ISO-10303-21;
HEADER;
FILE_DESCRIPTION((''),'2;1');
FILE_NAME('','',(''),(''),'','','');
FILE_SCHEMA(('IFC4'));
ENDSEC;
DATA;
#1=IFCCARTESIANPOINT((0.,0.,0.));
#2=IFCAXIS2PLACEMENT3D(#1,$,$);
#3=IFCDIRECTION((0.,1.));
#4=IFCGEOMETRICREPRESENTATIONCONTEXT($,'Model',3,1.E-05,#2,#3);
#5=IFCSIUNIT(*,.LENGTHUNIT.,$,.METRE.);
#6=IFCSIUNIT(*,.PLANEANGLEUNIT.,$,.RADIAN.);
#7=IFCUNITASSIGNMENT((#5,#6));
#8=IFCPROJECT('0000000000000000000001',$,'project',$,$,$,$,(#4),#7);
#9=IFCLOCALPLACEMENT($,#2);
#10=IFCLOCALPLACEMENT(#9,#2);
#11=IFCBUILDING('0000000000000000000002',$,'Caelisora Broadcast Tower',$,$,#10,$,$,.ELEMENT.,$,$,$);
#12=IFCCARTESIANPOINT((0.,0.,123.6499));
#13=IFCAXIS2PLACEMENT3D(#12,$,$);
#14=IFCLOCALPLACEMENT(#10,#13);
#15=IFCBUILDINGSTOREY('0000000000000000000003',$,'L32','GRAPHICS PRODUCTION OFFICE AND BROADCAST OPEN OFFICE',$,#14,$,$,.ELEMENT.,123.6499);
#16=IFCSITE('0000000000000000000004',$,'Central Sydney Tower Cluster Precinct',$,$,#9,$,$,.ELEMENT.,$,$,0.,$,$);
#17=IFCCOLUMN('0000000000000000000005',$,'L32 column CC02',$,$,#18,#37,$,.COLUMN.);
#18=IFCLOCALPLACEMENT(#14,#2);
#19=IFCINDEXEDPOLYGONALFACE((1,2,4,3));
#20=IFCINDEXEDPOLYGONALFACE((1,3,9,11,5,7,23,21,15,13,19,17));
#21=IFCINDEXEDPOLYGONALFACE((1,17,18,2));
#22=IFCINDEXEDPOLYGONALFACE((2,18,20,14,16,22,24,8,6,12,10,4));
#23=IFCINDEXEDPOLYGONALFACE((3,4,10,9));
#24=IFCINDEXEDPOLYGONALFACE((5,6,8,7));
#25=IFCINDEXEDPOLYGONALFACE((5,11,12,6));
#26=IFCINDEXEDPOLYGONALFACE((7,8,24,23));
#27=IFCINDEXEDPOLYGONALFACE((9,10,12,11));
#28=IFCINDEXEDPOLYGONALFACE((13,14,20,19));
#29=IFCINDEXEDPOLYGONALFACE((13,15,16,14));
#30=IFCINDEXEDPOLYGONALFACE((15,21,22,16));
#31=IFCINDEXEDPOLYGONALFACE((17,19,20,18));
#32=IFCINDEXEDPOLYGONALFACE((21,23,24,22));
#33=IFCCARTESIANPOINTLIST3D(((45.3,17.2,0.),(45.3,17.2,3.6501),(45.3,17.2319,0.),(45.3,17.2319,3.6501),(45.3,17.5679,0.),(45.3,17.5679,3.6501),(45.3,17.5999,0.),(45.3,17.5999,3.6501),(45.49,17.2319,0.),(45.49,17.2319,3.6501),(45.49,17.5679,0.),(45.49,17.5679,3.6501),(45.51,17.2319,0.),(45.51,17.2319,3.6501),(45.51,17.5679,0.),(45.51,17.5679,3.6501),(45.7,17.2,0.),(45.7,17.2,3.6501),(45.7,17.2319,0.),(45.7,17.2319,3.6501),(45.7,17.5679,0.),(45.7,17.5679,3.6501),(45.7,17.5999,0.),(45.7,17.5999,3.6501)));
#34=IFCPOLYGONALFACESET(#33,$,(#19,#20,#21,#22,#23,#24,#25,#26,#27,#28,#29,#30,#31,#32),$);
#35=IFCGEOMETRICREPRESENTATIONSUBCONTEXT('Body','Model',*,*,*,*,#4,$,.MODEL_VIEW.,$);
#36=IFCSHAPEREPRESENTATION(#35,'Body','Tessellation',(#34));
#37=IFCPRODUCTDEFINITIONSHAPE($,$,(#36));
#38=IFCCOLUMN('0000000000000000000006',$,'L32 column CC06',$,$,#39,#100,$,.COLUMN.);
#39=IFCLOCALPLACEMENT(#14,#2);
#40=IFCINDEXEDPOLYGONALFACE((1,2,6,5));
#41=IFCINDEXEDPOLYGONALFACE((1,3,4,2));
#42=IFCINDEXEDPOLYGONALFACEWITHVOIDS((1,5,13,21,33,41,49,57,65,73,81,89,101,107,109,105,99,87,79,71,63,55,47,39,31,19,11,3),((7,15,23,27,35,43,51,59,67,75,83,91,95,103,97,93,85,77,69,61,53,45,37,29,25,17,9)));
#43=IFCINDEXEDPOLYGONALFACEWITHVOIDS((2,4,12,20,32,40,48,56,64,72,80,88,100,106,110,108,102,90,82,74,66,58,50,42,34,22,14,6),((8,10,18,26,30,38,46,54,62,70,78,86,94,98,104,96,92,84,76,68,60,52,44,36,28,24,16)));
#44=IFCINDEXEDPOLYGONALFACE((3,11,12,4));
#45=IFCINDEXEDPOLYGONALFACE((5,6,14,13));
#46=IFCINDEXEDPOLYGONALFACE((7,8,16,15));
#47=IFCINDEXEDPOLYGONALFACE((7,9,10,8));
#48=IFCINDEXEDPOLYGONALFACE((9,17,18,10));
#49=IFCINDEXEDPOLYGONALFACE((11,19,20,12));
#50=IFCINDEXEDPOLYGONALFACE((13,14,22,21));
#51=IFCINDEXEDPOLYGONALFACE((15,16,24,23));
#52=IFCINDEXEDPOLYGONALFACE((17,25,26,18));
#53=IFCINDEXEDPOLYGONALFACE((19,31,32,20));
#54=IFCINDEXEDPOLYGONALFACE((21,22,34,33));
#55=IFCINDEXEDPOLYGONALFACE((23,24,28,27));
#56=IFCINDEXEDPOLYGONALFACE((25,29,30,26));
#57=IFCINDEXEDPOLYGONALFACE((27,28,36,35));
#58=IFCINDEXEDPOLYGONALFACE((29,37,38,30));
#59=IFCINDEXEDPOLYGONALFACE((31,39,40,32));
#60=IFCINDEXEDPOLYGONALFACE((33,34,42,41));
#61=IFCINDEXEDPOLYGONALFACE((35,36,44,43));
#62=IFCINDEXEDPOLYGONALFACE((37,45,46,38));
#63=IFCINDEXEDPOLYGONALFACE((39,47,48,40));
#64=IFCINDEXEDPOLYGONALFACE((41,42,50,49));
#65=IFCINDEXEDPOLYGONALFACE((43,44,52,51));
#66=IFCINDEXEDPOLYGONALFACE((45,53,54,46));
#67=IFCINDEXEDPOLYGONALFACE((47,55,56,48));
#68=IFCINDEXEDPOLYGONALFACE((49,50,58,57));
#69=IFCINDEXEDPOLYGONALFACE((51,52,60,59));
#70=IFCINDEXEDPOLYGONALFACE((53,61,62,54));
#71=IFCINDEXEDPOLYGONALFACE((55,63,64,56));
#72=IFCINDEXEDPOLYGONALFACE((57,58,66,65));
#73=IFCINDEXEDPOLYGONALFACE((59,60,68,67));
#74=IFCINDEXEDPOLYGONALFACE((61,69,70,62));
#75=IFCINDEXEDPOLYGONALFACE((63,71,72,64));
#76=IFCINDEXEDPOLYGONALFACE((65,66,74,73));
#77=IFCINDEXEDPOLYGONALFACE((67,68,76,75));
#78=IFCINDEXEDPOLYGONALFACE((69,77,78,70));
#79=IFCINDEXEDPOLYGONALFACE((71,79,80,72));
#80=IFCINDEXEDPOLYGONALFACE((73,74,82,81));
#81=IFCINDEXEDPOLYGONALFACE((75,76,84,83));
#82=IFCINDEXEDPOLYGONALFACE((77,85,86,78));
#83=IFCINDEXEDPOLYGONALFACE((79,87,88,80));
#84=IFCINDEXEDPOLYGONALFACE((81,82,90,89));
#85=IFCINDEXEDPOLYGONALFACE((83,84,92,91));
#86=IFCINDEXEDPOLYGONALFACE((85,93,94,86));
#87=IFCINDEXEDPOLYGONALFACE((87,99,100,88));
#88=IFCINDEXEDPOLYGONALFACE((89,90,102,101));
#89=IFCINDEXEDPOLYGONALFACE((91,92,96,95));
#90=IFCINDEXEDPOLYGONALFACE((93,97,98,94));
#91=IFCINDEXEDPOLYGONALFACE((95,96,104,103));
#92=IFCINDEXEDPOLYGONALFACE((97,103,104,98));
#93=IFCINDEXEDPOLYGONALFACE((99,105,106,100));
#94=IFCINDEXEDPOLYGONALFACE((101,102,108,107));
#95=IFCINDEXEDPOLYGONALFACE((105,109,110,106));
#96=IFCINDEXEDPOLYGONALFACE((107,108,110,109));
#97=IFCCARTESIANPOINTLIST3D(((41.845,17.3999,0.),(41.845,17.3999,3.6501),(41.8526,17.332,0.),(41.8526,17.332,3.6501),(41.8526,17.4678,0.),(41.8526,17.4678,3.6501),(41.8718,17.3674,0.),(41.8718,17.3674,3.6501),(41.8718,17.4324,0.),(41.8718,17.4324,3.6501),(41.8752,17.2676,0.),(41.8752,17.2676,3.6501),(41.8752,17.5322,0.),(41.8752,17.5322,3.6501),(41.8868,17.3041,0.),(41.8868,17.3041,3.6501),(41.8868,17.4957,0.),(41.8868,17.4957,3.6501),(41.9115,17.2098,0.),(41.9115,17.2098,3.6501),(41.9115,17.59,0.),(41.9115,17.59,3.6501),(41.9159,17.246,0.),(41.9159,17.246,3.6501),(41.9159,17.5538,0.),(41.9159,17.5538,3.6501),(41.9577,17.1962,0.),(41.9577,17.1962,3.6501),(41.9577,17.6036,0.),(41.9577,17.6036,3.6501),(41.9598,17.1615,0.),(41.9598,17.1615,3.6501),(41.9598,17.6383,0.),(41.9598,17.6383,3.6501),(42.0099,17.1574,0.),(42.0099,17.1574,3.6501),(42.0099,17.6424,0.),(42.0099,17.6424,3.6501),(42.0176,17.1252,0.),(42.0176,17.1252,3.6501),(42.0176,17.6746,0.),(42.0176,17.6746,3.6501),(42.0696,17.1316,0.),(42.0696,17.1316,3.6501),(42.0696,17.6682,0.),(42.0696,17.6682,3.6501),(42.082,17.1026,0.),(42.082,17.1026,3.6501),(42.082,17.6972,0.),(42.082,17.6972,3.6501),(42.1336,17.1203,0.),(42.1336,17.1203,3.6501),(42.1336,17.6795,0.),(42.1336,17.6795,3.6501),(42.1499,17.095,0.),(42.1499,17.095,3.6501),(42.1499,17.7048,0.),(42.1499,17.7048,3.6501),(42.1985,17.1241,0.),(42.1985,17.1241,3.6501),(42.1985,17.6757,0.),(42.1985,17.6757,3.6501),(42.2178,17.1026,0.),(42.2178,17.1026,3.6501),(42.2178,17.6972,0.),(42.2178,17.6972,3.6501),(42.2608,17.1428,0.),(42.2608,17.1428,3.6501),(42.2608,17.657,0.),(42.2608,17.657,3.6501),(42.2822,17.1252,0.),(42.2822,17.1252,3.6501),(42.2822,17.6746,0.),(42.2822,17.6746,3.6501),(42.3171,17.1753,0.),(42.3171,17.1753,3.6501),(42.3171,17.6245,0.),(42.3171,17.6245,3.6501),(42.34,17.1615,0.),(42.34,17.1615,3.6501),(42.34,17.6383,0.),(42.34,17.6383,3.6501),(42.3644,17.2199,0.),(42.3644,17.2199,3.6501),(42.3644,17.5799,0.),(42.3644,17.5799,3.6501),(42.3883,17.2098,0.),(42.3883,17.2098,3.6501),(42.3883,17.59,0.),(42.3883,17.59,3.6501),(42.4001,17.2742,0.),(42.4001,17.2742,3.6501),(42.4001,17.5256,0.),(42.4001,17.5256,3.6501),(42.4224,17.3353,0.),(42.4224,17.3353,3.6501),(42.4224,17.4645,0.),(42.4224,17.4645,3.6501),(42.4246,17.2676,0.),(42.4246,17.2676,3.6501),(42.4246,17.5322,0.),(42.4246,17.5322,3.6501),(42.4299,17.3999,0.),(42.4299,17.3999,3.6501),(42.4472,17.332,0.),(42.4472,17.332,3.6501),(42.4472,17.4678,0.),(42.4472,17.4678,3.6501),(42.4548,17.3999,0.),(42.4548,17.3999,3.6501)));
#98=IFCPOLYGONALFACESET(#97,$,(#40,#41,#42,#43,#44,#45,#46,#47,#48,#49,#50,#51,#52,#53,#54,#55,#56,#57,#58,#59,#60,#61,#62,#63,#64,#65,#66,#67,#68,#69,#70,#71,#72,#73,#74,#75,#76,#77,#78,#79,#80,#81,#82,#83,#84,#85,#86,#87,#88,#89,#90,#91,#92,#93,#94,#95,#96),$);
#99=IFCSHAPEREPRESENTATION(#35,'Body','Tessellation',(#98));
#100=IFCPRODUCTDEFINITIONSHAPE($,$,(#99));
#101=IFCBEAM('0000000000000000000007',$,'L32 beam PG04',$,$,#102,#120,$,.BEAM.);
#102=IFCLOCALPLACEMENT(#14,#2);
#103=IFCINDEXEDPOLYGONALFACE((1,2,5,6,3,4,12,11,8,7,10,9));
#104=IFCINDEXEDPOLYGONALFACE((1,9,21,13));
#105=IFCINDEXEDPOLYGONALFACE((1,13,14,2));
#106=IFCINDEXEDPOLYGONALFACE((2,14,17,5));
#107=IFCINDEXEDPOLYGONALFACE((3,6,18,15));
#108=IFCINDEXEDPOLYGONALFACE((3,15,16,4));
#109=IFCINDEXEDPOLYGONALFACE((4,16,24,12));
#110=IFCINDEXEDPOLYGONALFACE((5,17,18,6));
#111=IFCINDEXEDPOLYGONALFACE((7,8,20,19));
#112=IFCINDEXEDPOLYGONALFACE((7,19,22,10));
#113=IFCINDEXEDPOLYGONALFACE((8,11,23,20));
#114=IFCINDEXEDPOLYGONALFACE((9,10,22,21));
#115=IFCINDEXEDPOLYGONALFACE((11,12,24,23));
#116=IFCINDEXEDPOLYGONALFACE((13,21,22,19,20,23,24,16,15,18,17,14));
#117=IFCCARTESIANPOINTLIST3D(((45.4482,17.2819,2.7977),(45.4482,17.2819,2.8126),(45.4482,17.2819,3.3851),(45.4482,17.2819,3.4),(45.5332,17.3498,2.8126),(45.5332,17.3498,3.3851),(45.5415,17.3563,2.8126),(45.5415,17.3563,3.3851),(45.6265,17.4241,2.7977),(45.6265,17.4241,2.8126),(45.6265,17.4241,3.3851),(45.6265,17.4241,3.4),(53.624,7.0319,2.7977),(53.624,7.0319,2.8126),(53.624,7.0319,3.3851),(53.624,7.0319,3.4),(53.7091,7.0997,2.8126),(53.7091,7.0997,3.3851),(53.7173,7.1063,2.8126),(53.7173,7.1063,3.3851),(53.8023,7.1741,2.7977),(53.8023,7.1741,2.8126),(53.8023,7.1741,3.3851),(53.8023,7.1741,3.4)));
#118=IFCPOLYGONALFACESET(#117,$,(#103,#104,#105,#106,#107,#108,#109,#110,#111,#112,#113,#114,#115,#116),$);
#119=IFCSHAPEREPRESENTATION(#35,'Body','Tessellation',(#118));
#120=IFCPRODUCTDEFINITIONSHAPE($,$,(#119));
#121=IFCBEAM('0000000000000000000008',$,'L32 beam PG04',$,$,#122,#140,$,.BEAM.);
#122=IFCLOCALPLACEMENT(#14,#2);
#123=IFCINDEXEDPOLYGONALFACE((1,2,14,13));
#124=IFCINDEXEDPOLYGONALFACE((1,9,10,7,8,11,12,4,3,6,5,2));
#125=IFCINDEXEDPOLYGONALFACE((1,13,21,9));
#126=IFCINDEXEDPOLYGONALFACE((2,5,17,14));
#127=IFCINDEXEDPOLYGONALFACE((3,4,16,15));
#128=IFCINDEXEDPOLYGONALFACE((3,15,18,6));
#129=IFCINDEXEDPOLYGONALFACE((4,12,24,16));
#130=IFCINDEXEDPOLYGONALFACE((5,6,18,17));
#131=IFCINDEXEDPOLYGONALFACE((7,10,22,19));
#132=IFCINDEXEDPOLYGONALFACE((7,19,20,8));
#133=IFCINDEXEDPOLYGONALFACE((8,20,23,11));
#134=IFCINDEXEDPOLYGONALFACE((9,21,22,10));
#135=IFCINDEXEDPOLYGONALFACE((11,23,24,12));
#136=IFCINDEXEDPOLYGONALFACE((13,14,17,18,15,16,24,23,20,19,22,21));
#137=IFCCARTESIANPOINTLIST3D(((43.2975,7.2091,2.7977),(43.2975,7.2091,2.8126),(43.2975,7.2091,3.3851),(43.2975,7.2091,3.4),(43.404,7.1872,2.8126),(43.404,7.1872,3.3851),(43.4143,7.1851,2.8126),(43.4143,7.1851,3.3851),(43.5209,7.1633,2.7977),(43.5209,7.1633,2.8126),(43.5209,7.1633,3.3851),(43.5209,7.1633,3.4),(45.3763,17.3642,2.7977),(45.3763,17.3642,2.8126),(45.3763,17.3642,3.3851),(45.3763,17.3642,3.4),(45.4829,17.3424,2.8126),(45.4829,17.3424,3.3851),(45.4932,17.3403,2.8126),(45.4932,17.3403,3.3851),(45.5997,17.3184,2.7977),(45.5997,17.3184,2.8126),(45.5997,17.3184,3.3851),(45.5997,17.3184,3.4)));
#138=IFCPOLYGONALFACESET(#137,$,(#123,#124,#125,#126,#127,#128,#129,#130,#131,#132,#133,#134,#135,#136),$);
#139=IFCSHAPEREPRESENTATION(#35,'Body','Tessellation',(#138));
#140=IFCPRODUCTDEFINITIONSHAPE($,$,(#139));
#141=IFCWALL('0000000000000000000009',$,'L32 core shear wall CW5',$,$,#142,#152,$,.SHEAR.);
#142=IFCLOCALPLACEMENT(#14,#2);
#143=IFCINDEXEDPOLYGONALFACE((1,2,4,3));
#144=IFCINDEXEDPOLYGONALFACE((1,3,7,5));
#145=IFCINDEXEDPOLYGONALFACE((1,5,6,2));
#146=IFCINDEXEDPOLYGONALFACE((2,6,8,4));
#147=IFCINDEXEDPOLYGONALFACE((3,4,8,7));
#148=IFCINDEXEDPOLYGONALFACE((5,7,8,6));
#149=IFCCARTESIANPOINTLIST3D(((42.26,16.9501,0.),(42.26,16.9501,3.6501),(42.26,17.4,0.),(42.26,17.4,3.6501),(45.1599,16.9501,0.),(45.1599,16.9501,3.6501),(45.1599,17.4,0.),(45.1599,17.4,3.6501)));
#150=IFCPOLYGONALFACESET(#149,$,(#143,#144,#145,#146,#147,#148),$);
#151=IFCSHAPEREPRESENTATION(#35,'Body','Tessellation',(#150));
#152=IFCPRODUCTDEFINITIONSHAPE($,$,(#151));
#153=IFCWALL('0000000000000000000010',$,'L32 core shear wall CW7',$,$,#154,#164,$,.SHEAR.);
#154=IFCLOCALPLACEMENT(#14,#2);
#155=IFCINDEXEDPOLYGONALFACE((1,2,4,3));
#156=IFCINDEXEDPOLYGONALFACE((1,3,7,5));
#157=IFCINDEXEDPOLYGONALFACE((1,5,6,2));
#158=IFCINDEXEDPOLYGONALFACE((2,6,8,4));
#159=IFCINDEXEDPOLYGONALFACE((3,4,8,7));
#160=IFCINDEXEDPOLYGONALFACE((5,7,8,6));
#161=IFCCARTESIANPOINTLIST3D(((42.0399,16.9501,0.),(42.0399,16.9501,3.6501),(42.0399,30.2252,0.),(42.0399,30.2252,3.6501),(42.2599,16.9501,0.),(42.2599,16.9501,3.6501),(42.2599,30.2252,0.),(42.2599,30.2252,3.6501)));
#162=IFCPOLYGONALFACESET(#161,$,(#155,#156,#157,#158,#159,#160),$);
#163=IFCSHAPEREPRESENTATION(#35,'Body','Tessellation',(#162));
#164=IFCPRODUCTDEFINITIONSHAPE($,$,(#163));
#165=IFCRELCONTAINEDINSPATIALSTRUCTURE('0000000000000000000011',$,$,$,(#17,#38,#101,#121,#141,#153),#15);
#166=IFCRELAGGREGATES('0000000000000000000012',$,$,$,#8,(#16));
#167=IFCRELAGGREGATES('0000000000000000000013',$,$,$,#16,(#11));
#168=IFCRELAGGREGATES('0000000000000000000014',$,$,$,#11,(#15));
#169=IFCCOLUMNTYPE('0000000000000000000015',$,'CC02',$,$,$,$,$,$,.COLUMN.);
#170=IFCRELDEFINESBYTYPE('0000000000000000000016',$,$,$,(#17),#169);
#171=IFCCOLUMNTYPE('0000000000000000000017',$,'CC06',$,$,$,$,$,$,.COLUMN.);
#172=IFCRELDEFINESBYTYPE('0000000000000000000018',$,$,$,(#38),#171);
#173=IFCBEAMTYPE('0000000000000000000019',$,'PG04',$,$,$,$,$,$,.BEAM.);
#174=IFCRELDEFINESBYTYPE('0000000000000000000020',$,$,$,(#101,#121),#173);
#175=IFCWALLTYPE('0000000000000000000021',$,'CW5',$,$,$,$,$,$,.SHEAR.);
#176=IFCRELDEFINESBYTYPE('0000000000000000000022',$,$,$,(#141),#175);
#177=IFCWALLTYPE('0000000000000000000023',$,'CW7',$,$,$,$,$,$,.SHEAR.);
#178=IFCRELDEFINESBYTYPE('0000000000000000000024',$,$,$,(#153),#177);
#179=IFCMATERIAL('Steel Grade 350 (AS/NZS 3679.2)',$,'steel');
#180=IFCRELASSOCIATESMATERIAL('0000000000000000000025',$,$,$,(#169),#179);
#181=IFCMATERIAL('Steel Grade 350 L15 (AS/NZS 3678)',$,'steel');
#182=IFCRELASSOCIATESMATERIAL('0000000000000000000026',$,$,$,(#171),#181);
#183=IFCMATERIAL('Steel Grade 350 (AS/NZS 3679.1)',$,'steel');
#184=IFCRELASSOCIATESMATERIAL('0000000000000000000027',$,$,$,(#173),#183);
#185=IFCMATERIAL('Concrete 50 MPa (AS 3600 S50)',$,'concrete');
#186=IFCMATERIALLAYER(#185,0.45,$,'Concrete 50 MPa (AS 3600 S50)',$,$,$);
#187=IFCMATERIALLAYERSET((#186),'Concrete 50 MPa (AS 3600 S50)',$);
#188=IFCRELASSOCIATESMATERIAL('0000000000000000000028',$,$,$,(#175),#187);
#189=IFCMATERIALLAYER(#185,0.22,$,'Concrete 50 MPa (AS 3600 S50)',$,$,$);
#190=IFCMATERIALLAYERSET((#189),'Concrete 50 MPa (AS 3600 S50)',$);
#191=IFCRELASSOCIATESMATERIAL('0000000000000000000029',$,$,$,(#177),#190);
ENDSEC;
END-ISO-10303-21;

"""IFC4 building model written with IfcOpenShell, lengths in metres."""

from ifc_helpers import new_model, si_unit, direction, frame, frame_2d, origin, origin_2d, place, context, subcontext, project, spatial, rectangle, hollow_circle, i_section, extrude, source, transform, mapped, material, layer, layer_set, material_profile, profile_set, type_object, type_shapes, element, save


model = new_model("IFC4")

# Units and contexts
model_context = context("Model", 3, precision=1e-05, world=origin(), true_north=direction((0.0, 1.0)))
body_context = subcontext(model_context, "Body", "Model", "MODEL_VIEW")
ifc_project = project(units=[si_unit("LENGTHUNIT", "METRE"), si_unit("PLANEANGLEUNIT", "RADIAN")], contexts=[model_context])

# Site, building, storey
site_placement = place(None, origin())
site = spatial("IfcSite", under=ifc_project, at=site_placement, Name="Central Sydney Tower Cluster Precinct", CompositionType="ELEMENT", RefElevation=0.0)
building_placement = place(site_placement, origin())
building = spatial("IfcBuilding", under=site, at=building_placement, Name="Caelisora Broadcast Tower", CompositionType="ELEMENT")
storey_placement = place(building_placement, frame((0.0, 0.0, 123.6499)))
storey = spatial("IfcBuildingStorey", under=building, at=storey_placement, Name="L32", Description="GRAPHICS PRODUCTION OFFICE AND BROADCAST OPEN OFFICE", CompositionType="ELEMENT", Elevation=123.6499)

# Columns
ifc_material_1 = material(Name="Steel Grade 350 (AS/NZS 3679.2)", Category="steel")
ifc_material_profile_1 = material_profile(ifc_material_1, i_section(OverallWidth=0.3999, OverallDepth=0.3999, WebThickness=0.02, FlangeThickness=0.032, at=origin_2d()), Name="Steel Grade 350 (AS/NZS 3679.2)")
ifc_profile_set_1 = profile_set([ifc_material_profile_1], Name="Steel Grade 350 (AS/NZS 3679.2)")
column_type_1 = type_object("IfcColumnType", Name="CC02", PredefinedType="COLUMN", material=ifc_profile_set_1)
shared_shape_1 = source(origin(), body_context, "Body", "SweptSolid", [
    extrude(i_section(OverallWidth=0.3999, OverallDepth=0.3999, WebThickness=0.02, FlangeThickness=0.032, at=origin_2d()), origin(), (0.0, 0.0, 1.0), 3.6501),
])
type_shapes(column_type_1, [shared_shape_1])
column_1_placement = place(storey_placement, frame((45.5, 17.3999, 0.0), z_axis=(0.0, 0.0, 1.0), x_axis=(1.0, 0.0, 0.0)))
element("IfcColumn", 1, at=column_1_placement, inside=storey, type_object=column_type_1, Name="L32 column CC02", PredefinedType="COLUMN", context=body_context, shape_type="MappedRepresentation", body=[
    mapped(shared_shape_1, transform((0.0, 0.0, 0.0), scale=1.0)),
])
ifc_material_2 = material(Name="Steel Grade 350 L15 (AS/NZS 3678)", Category="steel")
ifc_material_profile_2 = material_profile(ifc_material_2, hollow_circle(Radius=0.3049, WallThickness=0.0249, at=origin_2d()), Name="Steel Grade 350 L15 (AS/NZS 3678)")
ifc_profile_set_2 = profile_set([ifc_material_profile_2], Name="Steel Grade 350 L15 (AS/NZS 3678)")
column_type_2 = type_object("IfcColumnType", Name="CC06", PredefinedType="COLUMN", material=ifc_profile_set_2)
shared_shape_2 = source(origin(), body_context, "Body", "SweptSolid", [
    extrude(hollow_circle(Radius=0.3049, WallThickness=0.0249, at=origin_2d()), origin(), (0.0, 0.0, 1.0), 3.6501),
])
type_shapes(column_type_2, [shared_shape_2])
column_2_placement = place(storey_placement, frame((42.1499, 17.3999, 0.0), z_axis=(0.0, 0.0, 1.0), x_axis=(1.0, 0.0, 0.0)))
element("IfcColumn", 2, at=column_2_placement, inside=storey, type_object=column_type_2, Name="L32 column CC06", PredefinedType="COLUMN", context=body_context, shape_type="MappedRepresentation", body=[
    mapped(shared_shape_2, transform((0.0, 0.0, 0.0), scale=1.0)),
])

# Beams
ifc_material_3 = material(Name="Steel Grade 350 (AS/NZS 3679.1)", Category="steel")
ifc_material_profile_3 = material_profile(ifc_material_3, i_section(OverallWidth=0.228, OverallDepth=0.6023, WebThickness=0.0105, FlangeThickness=0.0149, at=origin_2d()), Name="Steel Grade 350 (AS/NZS 3679.1)")
ifc_profile_set_3 = profile_set([ifc_material_profile_3], Name="Steel Grade 350 (AS/NZS 3679.1)")
beam_type = type_object("IfcBeamType", Name="PG04", PredefinedType="BEAM", material=ifc_profile_set_3)
shared_shape_3 = source(origin(), body_context, "Body", "SweptSolid", [
    extrude(i_section(OverallWidth=0.228, OverallDepth=0.6023, WebThickness=0.0105, FlangeThickness=0.0149, at=origin_2d()), origin(), (0.0, 0.0, 1.0), 13.1113),
])
beam_1_placement = place(storey_placement, frame((45.5374, 17.353, 3.0989), z_axis=(0.623568, -0.781769, 0.0), x_axis=(0.781769, 0.623568, 0.0)))
element("IfcBeam", 3, at=beam_1_placement, inside=storey, type_object=beam_type, Name="L32 beam PG04", PredefinedType="BEAM", context=body_context, shape_type="MappedRepresentation", body=[
    mapped(shared_shape_3, transform((0.0, 0.0, 0.0), scale=1.0)),
])
shared_shape_4 = source(origin(), body_context, "Body", "SweptSolid", [
    extrude(i_section(OverallWidth=0.228, OverallDepth=0.6023, WebThickness=0.0105, FlangeThickness=0.0149, at=origin_2d()), origin(), (0.0, 0.0, 1.0), 10.3657),
])
type_shapes(beam_type, [shared_shape_3, shared_shape_4])
beam_2_placement = place(storey_placement, frame((45.488, 17.3413, 3.0989), z_axis=(-0.200553, -0.979683, 0.0), x_axis=(0.979683, -0.200553, 0.0)))
element("IfcBeam", 4, at=beam_2_placement, inside=storey, type_object=beam_type, Name="L32 beam PG04", PredefinedType="BEAM", context=body_context, shape_type="MappedRepresentation", body=[
    mapped(shared_shape_4, transform((0.0, 0.0, 0.0), scale=1.0)),
])

# Shared definitions
ifc_material_4 = material(Name="Concrete 50 MPa (AS 3600 S50)", Category="concrete")

# Walls
ifc_layer_1 = layer(ifc_material_4, 0.45, Name="Concrete 50 MPa (AS 3600 S50)")
ifc_layer_set_1 = layer_set([ifc_layer_1], Name="Concrete 50 MPa (AS 3600 S50)")
wall_type_1 = type_object("IfcWallType", Name="CW5", PredefinedType="SHEAR", material=ifc_layer_set_1)
wall_1_placement = place(storey_placement, frame((42.26, 17.175, 0.0), z_axis=(0.0, 0.0, 1.0), x_axis=(1.0, 0.0, 0.0)))
element("IfcWall", 5, at=wall_1_placement, inside=storey, type_object=wall_type_1, Name="L32 core shear wall CW5", PredefinedType="SHEAR", context=body_context, shape_type="SweptSolid", body=[
    extrude(rectangle(XDim=2.8999, YDim=0.45, at=frame_2d((1.45, 0.0))), origin(), (0.0, 0.0, 1.0), 3.6501),
])
ifc_layer_2 = layer(ifc_material_4, 0.22, Name="Concrete 50 MPa (AS 3600 S50)")
ifc_layer_set_2 = layer_set([ifc_layer_2], Name="Concrete 50 MPa (AS 3600 S50)")
wall_type_2 = type_object("IfcWallType", Name="CW7", PredefinedType="SHEAR", material=ifc_layer_set_2)
wall_2_placement = place(storey_placement, frame((42.1499, 16.95, 0.0), z_axis=(0.0, 0.0, 1.0), x_axis=(0.0, 1.0, 0.0)))
element("IfcWall", 6, at=wall_2_placement, inside=storey, type_object=wall_type_2, Name="L32 core shear wall CW7", PredefinedType="SHEAR", context=body_context, shape_type="SweptSolid", body=[
    extrude(rectangle(XDim=13.2751, YDim=0.22, at=frame_2d((6.6377, 0.0))), origin(), (0.0, 0.0, 1.0), 3.6501),
])

save(model, "model.ifc")
